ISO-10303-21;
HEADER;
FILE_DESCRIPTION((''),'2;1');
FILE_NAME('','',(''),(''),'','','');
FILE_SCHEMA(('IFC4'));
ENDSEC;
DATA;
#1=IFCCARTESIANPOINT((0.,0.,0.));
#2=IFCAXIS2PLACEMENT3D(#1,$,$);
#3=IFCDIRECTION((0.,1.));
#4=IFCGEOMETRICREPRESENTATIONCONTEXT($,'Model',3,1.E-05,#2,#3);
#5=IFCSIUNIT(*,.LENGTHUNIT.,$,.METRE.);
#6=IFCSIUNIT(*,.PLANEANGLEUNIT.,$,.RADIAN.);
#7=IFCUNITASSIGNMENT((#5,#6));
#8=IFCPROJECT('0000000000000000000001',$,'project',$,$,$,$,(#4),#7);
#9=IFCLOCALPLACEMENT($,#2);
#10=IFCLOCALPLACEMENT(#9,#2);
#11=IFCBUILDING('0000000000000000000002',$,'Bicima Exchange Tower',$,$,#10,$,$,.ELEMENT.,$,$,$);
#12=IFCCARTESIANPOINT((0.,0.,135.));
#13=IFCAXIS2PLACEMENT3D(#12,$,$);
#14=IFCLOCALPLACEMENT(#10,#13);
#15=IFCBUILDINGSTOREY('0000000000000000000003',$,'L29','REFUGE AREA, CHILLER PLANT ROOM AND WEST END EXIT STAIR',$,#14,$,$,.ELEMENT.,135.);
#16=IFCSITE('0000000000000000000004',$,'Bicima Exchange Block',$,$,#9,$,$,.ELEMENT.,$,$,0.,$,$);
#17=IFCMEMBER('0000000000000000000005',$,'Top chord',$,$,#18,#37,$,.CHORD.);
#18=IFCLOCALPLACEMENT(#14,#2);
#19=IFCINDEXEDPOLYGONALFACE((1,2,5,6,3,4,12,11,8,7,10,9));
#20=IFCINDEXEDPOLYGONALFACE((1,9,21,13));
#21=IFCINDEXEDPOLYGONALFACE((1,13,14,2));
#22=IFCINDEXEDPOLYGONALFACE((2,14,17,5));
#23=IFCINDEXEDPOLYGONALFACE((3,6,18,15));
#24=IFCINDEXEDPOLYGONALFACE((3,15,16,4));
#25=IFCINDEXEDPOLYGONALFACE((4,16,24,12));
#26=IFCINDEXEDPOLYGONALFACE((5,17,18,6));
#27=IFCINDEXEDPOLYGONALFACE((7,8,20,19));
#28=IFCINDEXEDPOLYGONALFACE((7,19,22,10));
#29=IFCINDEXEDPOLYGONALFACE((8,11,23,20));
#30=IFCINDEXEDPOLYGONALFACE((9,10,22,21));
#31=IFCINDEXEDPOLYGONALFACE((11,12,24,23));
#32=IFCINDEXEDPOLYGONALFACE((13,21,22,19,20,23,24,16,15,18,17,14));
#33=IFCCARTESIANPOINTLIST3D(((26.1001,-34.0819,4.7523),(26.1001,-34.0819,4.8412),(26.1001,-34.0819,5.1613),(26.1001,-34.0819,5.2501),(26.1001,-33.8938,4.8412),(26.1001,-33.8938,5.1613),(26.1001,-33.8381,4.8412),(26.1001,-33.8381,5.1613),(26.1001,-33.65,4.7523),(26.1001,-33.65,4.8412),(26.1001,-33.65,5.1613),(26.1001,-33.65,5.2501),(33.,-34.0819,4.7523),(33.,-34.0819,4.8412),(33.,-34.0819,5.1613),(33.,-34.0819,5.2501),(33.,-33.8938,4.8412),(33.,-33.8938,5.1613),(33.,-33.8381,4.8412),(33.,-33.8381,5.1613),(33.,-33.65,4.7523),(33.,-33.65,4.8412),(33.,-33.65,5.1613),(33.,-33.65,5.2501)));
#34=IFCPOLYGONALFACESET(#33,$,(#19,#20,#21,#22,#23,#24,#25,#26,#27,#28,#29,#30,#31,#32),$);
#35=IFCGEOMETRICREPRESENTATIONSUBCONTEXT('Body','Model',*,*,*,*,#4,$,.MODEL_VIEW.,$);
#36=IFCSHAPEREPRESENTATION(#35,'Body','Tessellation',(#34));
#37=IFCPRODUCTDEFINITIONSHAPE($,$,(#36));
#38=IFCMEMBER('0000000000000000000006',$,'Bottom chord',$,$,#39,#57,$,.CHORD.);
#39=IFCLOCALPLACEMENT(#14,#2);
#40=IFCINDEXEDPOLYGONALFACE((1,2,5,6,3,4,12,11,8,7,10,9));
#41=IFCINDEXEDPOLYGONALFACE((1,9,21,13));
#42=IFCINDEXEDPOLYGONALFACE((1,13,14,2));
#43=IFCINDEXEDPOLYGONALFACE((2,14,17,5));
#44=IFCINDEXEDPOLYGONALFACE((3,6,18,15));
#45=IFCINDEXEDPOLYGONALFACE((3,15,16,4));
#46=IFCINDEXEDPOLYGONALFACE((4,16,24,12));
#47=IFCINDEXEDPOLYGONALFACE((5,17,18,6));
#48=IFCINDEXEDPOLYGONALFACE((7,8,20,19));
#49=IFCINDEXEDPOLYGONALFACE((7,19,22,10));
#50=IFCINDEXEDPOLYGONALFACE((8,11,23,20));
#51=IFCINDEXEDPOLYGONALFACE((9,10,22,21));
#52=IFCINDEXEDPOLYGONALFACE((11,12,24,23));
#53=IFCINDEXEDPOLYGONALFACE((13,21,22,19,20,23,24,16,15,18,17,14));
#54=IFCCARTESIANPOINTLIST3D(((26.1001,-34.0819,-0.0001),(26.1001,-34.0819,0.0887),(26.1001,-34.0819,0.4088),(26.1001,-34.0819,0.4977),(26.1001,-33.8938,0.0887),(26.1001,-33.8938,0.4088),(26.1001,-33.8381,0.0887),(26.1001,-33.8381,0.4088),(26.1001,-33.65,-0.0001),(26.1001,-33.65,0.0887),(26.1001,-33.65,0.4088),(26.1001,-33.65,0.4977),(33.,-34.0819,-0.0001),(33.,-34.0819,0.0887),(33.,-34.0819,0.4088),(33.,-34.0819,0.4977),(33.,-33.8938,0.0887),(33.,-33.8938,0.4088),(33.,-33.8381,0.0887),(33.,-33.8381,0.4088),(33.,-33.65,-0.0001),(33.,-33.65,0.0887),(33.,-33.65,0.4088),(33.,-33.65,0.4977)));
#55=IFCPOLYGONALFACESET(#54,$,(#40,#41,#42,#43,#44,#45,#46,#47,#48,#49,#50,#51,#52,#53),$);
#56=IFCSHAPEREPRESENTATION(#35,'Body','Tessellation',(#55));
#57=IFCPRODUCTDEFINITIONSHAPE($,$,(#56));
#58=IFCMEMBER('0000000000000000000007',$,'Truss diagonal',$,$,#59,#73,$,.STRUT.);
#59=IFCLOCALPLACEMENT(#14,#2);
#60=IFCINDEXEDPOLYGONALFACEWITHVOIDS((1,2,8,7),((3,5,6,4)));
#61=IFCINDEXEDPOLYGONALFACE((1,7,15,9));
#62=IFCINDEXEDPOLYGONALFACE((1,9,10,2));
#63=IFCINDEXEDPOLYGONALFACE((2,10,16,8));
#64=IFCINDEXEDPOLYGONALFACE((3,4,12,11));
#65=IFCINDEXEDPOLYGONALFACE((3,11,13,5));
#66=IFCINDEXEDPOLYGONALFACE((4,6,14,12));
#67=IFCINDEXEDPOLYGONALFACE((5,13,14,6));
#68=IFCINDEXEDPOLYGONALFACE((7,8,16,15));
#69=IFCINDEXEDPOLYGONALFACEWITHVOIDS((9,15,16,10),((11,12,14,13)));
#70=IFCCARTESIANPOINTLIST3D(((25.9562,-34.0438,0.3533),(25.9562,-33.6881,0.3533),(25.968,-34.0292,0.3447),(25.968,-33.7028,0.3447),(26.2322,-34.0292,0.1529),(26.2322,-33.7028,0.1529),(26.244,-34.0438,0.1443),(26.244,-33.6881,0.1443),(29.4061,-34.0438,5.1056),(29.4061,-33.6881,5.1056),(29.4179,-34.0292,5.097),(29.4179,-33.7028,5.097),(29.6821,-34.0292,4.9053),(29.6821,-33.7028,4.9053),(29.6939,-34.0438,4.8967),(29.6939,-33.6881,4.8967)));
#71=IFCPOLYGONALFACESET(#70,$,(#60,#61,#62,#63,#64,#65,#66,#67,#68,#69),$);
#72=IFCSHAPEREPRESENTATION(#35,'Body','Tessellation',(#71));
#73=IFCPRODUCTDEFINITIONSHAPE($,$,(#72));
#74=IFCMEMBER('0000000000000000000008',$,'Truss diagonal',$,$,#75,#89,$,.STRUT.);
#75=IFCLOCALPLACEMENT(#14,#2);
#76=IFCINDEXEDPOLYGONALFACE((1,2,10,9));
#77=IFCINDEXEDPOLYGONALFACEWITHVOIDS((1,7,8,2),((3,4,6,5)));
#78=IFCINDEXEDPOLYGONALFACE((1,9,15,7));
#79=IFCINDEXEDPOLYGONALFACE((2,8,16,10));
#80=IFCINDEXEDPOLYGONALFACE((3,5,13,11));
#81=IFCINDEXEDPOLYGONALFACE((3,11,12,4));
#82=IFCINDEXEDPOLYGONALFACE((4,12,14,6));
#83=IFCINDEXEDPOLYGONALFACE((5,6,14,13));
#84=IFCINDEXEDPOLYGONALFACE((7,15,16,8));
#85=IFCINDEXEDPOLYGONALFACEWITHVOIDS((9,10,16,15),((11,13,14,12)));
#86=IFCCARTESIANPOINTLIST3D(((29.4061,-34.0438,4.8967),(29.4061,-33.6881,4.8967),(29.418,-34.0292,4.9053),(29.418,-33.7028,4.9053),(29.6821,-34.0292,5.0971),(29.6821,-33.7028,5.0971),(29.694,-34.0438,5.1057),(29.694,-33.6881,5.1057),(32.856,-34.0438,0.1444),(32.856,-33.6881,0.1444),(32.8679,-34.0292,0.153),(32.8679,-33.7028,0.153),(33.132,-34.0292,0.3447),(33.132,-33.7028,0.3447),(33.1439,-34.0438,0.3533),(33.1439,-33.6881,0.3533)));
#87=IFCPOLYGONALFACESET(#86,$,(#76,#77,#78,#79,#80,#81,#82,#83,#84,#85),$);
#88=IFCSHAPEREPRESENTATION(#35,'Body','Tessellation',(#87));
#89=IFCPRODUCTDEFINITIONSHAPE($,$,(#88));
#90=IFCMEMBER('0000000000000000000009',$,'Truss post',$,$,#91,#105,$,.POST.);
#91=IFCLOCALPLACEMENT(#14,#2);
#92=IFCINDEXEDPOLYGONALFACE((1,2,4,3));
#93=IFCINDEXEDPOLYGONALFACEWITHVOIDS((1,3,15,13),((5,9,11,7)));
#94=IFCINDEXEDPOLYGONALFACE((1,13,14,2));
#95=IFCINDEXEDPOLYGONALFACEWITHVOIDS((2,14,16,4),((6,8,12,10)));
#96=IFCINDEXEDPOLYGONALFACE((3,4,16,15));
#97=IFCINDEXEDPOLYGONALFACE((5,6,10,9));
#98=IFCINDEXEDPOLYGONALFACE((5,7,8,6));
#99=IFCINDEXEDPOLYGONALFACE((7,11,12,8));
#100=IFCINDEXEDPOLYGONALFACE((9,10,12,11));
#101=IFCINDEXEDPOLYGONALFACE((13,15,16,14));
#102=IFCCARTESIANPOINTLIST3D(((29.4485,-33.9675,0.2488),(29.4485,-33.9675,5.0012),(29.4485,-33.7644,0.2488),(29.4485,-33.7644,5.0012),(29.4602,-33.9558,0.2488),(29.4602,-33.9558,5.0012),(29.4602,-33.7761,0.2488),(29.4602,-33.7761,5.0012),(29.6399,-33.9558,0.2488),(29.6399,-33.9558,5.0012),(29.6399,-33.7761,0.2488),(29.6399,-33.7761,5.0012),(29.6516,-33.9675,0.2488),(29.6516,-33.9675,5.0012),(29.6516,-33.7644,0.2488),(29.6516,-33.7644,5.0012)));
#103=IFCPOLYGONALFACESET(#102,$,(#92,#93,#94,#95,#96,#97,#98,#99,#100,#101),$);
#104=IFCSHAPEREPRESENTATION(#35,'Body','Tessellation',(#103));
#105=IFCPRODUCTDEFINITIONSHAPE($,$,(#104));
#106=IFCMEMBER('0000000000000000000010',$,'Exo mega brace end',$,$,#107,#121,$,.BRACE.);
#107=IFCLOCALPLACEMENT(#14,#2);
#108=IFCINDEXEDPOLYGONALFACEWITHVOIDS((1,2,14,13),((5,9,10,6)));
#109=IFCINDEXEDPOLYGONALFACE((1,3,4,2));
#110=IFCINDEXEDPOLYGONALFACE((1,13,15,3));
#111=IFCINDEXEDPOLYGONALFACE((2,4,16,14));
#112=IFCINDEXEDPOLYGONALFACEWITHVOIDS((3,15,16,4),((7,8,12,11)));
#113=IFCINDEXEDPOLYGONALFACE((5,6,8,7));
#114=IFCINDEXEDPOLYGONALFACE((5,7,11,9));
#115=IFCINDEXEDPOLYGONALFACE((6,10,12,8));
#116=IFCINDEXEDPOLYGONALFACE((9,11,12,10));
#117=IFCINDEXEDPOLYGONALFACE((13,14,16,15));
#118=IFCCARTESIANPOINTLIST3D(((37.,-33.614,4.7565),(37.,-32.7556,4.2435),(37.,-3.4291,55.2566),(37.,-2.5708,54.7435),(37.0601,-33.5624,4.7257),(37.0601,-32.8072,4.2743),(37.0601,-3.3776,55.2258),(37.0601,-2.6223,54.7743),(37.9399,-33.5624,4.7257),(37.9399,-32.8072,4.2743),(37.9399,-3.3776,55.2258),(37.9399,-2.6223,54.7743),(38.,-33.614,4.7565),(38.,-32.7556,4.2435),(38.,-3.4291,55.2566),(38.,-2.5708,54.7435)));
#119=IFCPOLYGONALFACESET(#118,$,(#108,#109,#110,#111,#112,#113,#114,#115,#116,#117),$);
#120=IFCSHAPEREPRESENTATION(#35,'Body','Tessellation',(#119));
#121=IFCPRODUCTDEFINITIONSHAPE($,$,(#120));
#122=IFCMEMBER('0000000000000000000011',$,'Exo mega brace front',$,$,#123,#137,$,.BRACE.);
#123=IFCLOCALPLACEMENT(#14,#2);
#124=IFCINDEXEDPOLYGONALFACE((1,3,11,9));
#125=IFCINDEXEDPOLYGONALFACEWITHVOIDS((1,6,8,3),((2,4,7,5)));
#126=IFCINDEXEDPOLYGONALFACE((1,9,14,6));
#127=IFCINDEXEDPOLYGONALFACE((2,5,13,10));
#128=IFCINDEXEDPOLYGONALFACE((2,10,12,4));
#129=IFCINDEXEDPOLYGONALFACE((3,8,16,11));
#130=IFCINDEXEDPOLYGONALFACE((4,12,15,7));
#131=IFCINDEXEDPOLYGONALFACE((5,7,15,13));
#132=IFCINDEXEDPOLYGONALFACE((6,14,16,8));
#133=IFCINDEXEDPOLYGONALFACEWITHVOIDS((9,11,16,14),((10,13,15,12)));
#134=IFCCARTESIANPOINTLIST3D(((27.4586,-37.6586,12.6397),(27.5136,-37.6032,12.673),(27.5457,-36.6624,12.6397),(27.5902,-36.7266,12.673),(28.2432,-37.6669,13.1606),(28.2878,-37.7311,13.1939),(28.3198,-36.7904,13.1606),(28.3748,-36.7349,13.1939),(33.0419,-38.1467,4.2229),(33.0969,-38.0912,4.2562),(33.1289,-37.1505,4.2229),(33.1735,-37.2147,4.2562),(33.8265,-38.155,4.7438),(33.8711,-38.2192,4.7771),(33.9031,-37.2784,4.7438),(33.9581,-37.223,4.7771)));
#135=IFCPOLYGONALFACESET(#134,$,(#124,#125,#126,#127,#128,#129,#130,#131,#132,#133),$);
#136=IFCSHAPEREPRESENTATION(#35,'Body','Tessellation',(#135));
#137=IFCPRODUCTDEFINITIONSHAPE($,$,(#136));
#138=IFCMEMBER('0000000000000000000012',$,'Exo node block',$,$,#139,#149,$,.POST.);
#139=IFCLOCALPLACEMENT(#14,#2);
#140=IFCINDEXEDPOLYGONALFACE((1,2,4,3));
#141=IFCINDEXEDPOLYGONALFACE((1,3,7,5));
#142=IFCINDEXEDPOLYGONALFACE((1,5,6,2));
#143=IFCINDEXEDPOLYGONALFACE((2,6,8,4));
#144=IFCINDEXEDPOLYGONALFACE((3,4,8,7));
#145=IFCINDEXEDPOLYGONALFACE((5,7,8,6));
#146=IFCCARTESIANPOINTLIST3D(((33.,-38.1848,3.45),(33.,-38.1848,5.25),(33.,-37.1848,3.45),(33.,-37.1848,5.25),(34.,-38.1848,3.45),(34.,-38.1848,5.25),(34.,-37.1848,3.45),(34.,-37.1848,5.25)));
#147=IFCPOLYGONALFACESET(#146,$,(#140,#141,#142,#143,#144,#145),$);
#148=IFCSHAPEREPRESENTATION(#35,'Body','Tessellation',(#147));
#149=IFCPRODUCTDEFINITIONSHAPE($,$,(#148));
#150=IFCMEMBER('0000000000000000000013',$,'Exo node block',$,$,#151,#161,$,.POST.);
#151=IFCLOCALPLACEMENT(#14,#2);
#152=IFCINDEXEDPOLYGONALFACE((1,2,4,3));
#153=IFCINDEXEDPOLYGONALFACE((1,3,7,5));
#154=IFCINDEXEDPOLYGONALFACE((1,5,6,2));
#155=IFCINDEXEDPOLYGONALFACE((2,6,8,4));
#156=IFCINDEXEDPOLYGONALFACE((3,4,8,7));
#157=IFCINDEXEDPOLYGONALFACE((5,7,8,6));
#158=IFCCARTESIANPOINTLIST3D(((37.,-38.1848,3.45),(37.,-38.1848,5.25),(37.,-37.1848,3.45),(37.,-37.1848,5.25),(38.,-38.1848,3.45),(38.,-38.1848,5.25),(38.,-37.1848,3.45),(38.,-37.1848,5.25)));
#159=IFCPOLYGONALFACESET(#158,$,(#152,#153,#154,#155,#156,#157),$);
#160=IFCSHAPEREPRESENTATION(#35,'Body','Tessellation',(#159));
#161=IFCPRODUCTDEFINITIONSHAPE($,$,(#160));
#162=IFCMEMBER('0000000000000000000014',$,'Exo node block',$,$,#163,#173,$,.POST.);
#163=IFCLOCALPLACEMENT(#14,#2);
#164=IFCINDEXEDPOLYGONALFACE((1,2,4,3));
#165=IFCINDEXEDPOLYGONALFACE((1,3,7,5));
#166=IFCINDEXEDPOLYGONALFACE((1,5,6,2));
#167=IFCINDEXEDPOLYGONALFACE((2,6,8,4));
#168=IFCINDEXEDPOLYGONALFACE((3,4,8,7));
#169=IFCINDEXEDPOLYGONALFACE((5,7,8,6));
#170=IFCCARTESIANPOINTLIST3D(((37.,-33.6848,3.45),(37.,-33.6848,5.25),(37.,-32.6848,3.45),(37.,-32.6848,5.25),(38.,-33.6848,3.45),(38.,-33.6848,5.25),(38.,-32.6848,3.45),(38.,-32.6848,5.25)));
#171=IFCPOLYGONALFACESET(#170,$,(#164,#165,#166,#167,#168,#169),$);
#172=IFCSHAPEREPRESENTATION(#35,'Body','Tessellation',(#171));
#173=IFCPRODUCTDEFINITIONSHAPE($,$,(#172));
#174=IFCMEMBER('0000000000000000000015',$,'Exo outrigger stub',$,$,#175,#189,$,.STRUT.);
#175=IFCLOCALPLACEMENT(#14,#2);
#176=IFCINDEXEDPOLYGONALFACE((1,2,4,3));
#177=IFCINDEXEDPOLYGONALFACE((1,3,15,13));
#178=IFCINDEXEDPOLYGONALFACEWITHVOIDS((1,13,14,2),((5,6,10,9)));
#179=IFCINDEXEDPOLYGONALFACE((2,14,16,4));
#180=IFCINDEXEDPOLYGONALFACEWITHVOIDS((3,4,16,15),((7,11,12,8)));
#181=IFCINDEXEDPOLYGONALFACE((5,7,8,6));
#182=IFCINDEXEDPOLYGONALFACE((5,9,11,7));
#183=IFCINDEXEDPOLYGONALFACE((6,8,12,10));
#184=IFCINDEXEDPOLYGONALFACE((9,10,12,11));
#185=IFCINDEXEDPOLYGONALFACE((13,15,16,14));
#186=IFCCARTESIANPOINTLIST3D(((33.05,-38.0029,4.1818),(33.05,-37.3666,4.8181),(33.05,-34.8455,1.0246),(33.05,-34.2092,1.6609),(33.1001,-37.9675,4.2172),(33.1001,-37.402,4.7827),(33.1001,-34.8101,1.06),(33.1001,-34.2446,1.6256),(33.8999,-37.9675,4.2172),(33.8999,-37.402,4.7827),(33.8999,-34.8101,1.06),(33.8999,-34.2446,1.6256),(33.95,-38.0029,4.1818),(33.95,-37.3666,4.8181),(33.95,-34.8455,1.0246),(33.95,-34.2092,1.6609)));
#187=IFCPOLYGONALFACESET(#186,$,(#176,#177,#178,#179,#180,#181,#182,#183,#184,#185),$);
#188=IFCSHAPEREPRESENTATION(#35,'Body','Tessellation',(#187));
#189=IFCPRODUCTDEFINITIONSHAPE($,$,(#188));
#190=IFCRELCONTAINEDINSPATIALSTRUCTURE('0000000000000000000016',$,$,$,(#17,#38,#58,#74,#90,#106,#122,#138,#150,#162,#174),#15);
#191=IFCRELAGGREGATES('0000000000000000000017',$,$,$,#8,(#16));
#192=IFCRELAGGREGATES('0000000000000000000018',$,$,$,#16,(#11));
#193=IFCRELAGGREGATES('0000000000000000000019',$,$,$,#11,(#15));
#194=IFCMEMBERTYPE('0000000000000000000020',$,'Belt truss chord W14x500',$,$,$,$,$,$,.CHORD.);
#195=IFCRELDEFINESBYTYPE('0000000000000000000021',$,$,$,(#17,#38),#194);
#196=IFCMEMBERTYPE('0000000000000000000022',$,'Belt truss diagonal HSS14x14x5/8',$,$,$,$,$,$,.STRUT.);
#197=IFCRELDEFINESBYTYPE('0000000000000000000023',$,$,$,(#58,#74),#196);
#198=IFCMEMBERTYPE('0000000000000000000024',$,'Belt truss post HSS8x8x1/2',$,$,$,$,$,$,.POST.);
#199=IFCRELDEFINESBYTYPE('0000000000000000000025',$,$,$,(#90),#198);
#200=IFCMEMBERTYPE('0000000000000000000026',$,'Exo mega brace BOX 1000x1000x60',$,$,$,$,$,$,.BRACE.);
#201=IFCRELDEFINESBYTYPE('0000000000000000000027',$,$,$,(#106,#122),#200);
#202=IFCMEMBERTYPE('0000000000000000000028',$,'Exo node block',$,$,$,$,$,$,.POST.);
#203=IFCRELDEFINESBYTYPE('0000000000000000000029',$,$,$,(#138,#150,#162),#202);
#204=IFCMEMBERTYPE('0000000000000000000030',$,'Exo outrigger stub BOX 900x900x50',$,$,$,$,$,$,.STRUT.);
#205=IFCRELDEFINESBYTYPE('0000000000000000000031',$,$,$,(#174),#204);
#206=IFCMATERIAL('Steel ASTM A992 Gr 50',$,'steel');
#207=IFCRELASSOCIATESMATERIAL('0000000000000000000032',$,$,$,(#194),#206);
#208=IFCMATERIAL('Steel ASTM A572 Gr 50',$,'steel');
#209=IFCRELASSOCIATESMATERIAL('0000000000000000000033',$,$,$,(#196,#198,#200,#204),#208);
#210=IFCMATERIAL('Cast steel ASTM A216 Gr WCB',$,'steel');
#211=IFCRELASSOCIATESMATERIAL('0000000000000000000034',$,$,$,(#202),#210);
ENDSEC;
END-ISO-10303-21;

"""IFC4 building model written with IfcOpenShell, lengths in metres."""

from ifc_helpers import new_model, si_unit, direction, frame, origin, origin_2d, place, context, subcontext, project, spatial, rectangle, hollow_rectangle, i_section, extrude, material, material_profile, profile_set, type_object, element, save


model = new_model("IFC4")

# Units and contexts
model_context = context("Model", 3, precision=1e-05, world=origin(), true_north=direction((0.0, 1.0)))
body_context = subcontext(model_context, "Body", "Model", "MODEL_VIEW")
ifc_project = project(units=[si_unit("LENGTHUNIT", "METRE"), si_unit("PLANEANGLEUNIT", "RADIAN")], contexts=[model_context])

# Site, building, storey
site_placement = place(None, origin())
site = spatial("IfcSite", under=ifc_project, at=site_placement, Name="Bicima Exchange Block", CompositionType="ELEMENT", RefElevation=0.0)
building_placement = place(site_placement, origin())
building = spatial("IfcBuilding", under=site, at=building_placement, Name="Bicima Exchange Tower", CompositionType="ELEMENT")
storey_placement = place(building_placement, frame((0.0, 0.0, 135.0)))
storey = spatial("IfcBuildingStorey", under=building, at=storey_placement, Name="L29", Description="REFUGE AREA, CHILLER PLANT ROOM AND WEST END EXIT STAIR", CompositionType="ELEMENT", Elevation=135.0)

# Shared definitions
ifc_material_1 = material(Name="Steel ASTM A572 Gr 50", Category="steel")
ifc_material_2 = material(Name="Steel ASTM A992 Gr 50", Category="steel")

# Members
ifc_material_profile_1 = material_profile(ifc_material_2, i_section(OverallWidth=0.4319, OverallDepth=0.4978, WebThickness=0.0557, FlangeThickness=0.0889, at=origin_2d()))
ifc_profile_set_1 = profile_set([ifc_material_profile_1], Name="Steel ASTM A992 Gr 50")
member_type_1 = type_object("IfcMemberType", Name="Belt truss chord W14x500", PredefinedType="CHORD", material=ifc_profile_set_1)
for number, where, z_axis, x_axis, name in (
    (1, (26.1001, -33.866, 5.0012), (1.0, 0.0, 0.0), (0.0, 1.0, 0.0), "Top chord"),
    (2, (26.1001, -33.866, 0.2488), (1.0, 0.0, 0.0), (0.0, 1.0, 0.0), "Bottom chord"),
):
    element("IfcMember", number, at=place(storey_placement, frame(where, z_axis=z_axis, x_axis=x_axis)), inside=storey, type_object=member_type_1, Name=name, PredefinedType="CHORD", context=body_context, shape_type="SweptSolid", body=[
        extrude(i_section(OverallWidth=0.4319, OverallDepth=0.4978, WebThickness=0.0557, FlangeThickness=0.0889, at=origin_2d()), origin(), (0.0, 0.0, 1.0), 6.8999),
    ])
ifc_material_profile_2 = material_profile(ifc_material_1, hollow_rectangle(XDim=0.3557, YDim=0.3557, WallThickness=0.0146, at=origin_2d()))
ifc_profile_set_2 = profile_set([ifc_material_profile_2], Name="Steel ASTM A572 Gr 50")
member_type_2 = type_object("IfcMemberType", Name="Belt truss diagonal HSS14x14x5/8", PredefinedType="STRUT", material=ifc_profile_set_2)
for number, where, z_axis, x_axis, name in (
    (3, (26.1001, -33.866, 0.2488), (0.587462, 0.0, 0.809252), (0.0, 1.0, 0.0), "Truss diagonal"),
    (4, (29.55, -33.866, 5.0012), (0.587462, 0.0, -0.809252), (0.0, 1.0, 0.0), "Truss diagonal"),
):
    element("IfcMember", number, at=place(storey_placement, frame(where, z_axis=z_axis, x_axis=x_axis)), inside=storey, type_object=member_type_2, Name=name, PredefinedType="STRUT", context=body_context, shape_type="SweptSolid", body=[
        extrude(hollow_rectangle(XDim=0.3557, YDim=0.3557, WallThickness=0.0146, at=origin_2d()), origin(), (0.0, 0.0, 1.0), 5.8726),
    ])
ifc_material_profile_3 = material_profile(ifc_material_1, hollow_rectangle(XDim=0.2031, YDim=0.2031, WallThickness=0.0117, at=origin_2d()))
ifc_profile_set_3 = profile_set([ifc_material_profile_3], Name="Steel ASTM A572 Gr 50")
member_type_3 = type_object("IfcMemberType", Name="Belt truss post HSS8x8x1/2", PredefinedType="POST", material=ifc_profile_set_3)
member_1_placement = place(storey_placement, frame((29.55, -33.866, 0.2488), z_axis=(0.0, 0.0, 1.0), x_axis=(1.0, 0.0, 0.0)))
element("IfcMember", 5, at=member_1_placement, inside=storey, type_object=member_type_3, Name="Truss post", PredefinedType="POST", context=body_context, shape_type="SweptSolid", body=[
    extrude(hollow_rectangle(XDim=0.2031, YDim=0.2031, WallThickness=0.0117, at=origin_2d()), origin(), (0.0, 0.0, 1.0), 4.7524),
])
ifc_material_profile_4 = material_profile(ifc_material_1, hollow_rectangle(XDim=1.0, YDim=1.0, WallThickness=0.0601, at=origin_2d()))
ifc_profile_set_4 = profile_set([ifc_material_profile_4], Name="Steel ASTM A572 Gr 50")
member_type_4 = type_object("IfcMemberType", Name="Exo mega brace BOX 1000x1000x60", PredefinedType="BRACE", material=ifc_profile_set_4)
member_2_placement = place(storey_placement, frame((37.5, -33.1848, 4.5), z_axis=(0.0, 0.513055, 0.858355), x_axis=(-1.0, 0.0, 0.0)))
element("IfcMember", 6, at=member_2_placement, inside=storey, type_object=member_type_4, Name="Exo mega brace end", PredefinedType="BRACE", context=body_context, shape_type="SweptSolid", body=[
    extrude(hollow_rectangle(XDim=1.0, YDim=1.0, WallThickness=0.0601, at=origin_2d()), origin(), (0.0, 0.0, 1.0), 58.8335),
])
member_3_placement = place(storey_placement, frame((33.5, -37.6848, 4.5), z_axis=(-0.552141, 0.048263, 0.832353), x_axis=(-0.087079, -0.996201, 0.0)))
element("IfcMember", 7, at=member_3_placement, inside=storey, type_object=member_type_4, Name="Exo mega brace front", PredefinedType="BRACE", context=body_context, shape_type="SweptSolid", body=[
    extrude(hollow_rectangle(XDim=1.0, YDim=1.0, WallThickness=0.0601, at=origin_2d()), origin(), (0.0, 0.0, 1.0), 10.1121),
])
ifc_material_3 = material(Name="Cast steel ASTM A216 Gr WCB", Category="steel")
ifc_material_profile_5 = material_profile(ifc_material_3, rectangle(XDim=1.0, YDim=1.0, at=origin_2d()))
ifc_profile_set_5 = profile_set([ifc_material_profile_5], Name="Cast steel ASTM A216 Gr WCB")
member_type_5 = type_object("IfcMemberType", Name="Exo node block", PredefinedType="POST", material=ifc_profile_set_5)
for number, where, z_axis, x_axis, name in (
    (8, (33.5, -37.6848, 3.45), (0.0, 0.0, 1.0), (1.0, 0.0, 0.0), "Exo node block"),
    (9, (37.5, -37.6848, 3.45), (0.0, 0.0, 1.0), (1.0, 0.0, 0.0), "Exo node block"),
    (10, (37.5, -33.1848, 3.45), (0.0, 0.0, 1.0), (1.0, 0.0, 0.0), "Exo node block"),
):
    element("IfcMember", number, at=place(storey_placement, frame(where, z_axis=z_axis, x_axis=x_axis)), inside=storey, type_object=member_type_5, Name=name, PredefinedType="POST", context=body_context, shape_type="SweptSolid", body=[
        extrude(rectangle(XDim=1.0, YDim=1.0, at=origin_2d()), origin(), (0.0, 0.0, 1.0), 1.8),
    ])
ifc_material_profile_6 = material_profile(ifc_material_1, hollow_rectangle(XDim=0.8999, YDim=0.8999, WallThickness=0.05, at=origin_2d()))
ifc_profile_set_6 = profile_set([ifc_material_profile_6], Name="Steel ASTM A572 Gr 50")
member_type_6 = type_object("IfcMemberType", Name="Exo outrigger stub BOX 900x900x50", PredefinedType="STRUT", material=ifc_profile_set_6)
member_4_placement = place(storey_placement, frame((33.5, -34.5273, 1.3428), z_axis=(0.0, -0.707134, 0.707079), x_axis=(1.0, 0.0, 0.0)))
element("IfcMember", 11, at=member_4_placement, inside=storey, type_object=member_type_6, Name="Exo outrigger stub", PredefinedType="STRUT", context=body_context, shape_type="SweptSolid", body=[
    extrude(hollow_rectangle(XDim=0.8999, YDim=0.8999, WallThickness=0.05, at=origin_2d()), origin(), (0.0, 0.0, 1.0), 4.4651),
])

save(model, "model.ifc")
